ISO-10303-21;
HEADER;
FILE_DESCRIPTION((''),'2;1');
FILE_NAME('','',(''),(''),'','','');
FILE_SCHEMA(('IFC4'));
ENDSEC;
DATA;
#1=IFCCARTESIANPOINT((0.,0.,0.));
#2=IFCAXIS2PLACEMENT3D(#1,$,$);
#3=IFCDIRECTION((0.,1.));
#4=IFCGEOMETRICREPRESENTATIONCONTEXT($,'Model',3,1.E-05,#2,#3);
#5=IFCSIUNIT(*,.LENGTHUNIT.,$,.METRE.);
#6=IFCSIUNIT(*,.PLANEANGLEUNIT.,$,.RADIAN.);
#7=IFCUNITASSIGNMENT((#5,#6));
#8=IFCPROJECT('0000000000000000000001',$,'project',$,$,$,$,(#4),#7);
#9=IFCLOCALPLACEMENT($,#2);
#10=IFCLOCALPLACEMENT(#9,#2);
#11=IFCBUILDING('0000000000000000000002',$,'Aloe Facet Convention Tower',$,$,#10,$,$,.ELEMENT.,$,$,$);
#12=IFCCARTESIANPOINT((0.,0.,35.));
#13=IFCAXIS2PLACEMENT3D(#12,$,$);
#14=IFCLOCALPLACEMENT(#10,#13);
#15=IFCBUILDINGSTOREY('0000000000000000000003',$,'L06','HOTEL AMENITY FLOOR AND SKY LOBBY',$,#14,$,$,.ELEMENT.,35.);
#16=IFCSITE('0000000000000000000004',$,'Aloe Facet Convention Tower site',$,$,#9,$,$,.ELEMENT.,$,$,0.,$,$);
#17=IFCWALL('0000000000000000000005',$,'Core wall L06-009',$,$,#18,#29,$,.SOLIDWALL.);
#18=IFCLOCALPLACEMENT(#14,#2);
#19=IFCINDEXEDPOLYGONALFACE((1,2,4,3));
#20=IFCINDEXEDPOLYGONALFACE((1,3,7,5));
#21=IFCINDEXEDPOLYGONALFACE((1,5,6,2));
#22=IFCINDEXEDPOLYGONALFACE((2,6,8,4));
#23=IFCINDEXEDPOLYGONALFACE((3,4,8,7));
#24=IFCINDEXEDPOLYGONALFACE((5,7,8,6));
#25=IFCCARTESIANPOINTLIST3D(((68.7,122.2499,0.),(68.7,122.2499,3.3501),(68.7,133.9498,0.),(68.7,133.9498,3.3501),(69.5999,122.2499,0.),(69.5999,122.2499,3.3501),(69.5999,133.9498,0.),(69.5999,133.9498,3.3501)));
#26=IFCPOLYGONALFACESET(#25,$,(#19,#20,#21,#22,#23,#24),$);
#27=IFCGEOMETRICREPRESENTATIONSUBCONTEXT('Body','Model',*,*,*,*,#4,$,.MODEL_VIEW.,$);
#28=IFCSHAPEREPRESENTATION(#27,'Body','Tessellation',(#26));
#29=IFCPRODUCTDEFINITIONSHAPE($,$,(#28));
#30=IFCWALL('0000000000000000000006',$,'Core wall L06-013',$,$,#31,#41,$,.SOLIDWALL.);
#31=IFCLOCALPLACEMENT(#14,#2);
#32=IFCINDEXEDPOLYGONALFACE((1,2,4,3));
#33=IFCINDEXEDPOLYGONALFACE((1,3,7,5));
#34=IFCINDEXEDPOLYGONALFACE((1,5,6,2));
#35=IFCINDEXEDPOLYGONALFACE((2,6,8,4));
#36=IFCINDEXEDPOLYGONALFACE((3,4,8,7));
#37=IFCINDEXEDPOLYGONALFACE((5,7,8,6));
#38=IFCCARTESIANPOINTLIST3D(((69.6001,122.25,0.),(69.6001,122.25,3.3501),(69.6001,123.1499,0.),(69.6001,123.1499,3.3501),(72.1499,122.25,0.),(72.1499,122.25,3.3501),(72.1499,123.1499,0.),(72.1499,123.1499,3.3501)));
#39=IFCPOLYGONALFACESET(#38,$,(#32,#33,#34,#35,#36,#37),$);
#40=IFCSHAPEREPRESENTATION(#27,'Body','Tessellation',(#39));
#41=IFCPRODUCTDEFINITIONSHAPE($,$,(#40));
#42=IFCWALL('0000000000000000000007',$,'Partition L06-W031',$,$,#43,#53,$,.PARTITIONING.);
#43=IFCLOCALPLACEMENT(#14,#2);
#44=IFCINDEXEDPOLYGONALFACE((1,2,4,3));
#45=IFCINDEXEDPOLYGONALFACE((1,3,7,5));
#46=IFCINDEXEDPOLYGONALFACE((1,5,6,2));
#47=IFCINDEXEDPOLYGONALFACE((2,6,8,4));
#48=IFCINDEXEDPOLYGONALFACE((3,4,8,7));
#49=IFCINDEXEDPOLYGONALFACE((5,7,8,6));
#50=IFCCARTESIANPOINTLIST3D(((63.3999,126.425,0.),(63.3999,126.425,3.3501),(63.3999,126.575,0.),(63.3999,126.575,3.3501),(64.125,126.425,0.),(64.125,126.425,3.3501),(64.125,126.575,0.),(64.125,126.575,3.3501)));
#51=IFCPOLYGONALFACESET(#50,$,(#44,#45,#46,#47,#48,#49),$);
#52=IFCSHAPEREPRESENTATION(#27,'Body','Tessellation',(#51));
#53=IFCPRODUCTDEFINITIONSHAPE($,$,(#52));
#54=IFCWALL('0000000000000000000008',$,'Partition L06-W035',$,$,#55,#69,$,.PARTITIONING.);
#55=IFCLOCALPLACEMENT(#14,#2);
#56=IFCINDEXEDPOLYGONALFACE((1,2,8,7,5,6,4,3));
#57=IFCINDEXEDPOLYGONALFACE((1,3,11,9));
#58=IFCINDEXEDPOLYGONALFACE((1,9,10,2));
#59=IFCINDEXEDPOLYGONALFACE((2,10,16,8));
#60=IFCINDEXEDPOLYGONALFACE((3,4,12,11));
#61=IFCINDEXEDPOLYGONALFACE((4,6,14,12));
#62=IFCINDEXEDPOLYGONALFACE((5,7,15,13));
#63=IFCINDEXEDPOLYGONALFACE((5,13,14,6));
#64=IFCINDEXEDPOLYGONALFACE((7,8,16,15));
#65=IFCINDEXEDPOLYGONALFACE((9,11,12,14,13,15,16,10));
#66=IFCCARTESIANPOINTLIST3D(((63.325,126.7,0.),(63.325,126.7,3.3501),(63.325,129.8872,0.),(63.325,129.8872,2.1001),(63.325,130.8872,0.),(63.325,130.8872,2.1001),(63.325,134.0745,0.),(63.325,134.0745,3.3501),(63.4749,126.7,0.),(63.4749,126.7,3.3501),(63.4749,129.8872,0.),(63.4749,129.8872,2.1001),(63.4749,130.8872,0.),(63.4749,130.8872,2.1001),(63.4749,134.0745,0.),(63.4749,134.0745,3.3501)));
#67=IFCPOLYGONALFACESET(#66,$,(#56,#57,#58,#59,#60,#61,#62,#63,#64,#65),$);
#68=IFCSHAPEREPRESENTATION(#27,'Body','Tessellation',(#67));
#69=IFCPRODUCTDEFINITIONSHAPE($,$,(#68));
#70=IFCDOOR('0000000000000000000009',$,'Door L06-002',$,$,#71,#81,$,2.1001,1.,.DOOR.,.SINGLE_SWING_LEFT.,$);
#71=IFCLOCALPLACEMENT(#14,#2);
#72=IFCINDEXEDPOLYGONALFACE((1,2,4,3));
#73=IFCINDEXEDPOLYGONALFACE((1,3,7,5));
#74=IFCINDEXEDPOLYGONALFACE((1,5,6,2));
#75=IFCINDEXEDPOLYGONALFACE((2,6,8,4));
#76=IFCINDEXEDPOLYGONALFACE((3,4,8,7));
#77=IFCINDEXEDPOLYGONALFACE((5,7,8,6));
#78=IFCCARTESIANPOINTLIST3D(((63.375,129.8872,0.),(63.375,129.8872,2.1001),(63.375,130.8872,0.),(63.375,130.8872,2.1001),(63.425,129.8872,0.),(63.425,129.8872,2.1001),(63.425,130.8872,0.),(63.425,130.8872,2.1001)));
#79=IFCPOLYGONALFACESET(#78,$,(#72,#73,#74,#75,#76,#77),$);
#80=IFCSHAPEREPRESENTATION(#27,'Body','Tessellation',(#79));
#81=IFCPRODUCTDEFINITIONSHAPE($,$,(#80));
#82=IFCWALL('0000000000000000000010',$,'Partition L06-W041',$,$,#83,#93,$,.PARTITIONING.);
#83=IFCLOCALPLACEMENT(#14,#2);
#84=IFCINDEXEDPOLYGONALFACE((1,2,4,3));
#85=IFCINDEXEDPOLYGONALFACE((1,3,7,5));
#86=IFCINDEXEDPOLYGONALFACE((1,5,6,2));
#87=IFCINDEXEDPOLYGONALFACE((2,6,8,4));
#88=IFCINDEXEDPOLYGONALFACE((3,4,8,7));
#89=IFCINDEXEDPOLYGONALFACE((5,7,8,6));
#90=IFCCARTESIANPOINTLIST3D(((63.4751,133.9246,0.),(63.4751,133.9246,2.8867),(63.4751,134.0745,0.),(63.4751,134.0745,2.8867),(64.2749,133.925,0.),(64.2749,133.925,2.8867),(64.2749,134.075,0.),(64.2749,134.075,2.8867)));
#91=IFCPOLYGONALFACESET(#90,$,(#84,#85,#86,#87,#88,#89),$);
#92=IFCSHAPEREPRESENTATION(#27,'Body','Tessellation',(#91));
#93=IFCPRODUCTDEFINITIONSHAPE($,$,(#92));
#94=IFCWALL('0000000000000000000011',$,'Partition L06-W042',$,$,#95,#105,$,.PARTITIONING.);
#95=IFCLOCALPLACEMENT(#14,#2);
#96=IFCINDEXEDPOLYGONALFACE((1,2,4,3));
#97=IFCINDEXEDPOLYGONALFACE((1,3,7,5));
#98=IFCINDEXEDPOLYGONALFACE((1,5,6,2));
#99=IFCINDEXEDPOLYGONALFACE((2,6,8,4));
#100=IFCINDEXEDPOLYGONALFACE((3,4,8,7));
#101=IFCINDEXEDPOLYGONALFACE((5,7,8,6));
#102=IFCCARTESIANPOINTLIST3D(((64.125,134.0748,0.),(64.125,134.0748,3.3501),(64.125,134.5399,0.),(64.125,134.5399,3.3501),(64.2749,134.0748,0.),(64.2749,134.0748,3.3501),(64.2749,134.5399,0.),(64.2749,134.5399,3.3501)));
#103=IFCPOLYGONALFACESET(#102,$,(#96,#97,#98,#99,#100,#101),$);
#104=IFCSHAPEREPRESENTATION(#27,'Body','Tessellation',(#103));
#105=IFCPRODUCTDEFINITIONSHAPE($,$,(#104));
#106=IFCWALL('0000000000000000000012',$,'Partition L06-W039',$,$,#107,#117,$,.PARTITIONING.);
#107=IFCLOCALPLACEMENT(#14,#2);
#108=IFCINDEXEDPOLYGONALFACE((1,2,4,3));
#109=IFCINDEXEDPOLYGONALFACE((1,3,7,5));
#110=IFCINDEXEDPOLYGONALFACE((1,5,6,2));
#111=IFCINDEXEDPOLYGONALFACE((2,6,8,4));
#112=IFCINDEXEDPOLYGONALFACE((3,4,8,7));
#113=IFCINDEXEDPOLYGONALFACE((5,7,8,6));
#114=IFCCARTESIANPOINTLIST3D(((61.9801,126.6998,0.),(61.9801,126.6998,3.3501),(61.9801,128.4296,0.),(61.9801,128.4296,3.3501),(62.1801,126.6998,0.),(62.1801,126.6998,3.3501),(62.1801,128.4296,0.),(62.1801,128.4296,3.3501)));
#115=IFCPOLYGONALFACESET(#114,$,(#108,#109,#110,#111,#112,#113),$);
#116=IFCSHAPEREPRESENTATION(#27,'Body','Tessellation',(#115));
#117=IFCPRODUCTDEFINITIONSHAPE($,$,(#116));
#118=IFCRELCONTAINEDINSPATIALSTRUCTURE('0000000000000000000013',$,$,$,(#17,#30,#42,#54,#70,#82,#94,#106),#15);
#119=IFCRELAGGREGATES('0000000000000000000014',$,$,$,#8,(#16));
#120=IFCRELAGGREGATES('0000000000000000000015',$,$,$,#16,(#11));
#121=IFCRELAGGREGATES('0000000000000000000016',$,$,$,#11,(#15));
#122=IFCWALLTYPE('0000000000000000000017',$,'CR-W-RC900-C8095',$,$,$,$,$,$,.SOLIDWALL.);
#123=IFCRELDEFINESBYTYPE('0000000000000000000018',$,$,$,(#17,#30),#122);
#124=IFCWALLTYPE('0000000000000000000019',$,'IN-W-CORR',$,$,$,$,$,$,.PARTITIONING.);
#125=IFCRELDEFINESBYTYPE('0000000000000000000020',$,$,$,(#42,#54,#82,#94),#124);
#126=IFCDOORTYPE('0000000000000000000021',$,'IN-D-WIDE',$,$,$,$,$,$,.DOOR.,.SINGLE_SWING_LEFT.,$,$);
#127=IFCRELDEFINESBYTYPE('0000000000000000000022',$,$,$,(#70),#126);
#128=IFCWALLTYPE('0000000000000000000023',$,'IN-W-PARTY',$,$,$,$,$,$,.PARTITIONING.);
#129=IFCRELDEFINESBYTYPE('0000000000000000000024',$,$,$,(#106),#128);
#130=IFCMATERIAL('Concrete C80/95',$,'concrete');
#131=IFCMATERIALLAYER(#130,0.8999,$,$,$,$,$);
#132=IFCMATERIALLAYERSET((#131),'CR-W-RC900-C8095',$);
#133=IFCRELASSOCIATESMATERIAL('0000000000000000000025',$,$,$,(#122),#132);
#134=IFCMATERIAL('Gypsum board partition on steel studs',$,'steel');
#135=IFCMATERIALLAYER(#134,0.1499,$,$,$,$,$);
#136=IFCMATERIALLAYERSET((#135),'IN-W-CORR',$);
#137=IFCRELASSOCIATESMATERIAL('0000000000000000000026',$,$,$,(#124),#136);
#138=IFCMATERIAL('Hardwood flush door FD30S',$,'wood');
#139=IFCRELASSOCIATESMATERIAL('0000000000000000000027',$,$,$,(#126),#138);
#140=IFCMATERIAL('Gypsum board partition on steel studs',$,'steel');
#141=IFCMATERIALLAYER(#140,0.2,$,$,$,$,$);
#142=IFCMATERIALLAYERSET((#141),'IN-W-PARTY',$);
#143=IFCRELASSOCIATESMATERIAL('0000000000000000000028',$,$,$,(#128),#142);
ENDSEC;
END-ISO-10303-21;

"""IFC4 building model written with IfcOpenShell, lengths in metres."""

from ifc_helpers import new_model, si_unit, direction, frame, frame_2d, origin, place, context, subcontext, project, spatial, rectangle, extrude, material, layer, layer_set, type_object, element, fill, save


model = new_model("IFC4")

# Units and contexts
model_context = context("Model", 3, precision=1e-05, world=origin(), true_north=direction((0.0, 1.0)))
body_context = subcontext(model_context, "Body", "Model", "MODEL_VIEW")
ifc_project = project(units=[si_unit("LENGTHUNIT", "METRE"), si_unit("PLANEANGLEUNIT", "RADIAN")], contexts=[model_context])

# Site, building, storey
site_placement = place(None, origin())
site = spatial("IfcSite", under=ifc_project, at=site_placement, Name="Aloe Facet Convention Tower site", CompositionType="ELEMENT", RefElevation=0.0)
building_placement = place(site_placement, origin())
building = spatial("IfcBuilding", under=site, at=building_placement, Name="Aloe Facet Convention Tower", CompositionType="ELEMENT")
storey_placement = place(building_placement, frame((0.0, 0.0, 35.0)))
storey = spatial("IfcBuildingStorey", under=building, at=storey_placement, Name="L06", Description="HOTEL AMENITY FLOOR AND SKY LOBBY", CompositionType="ELEMENT", Elevation=35.0)

# Walls
ifc_material_1 = material(Name="Concrete C80/95", Category="concrete")
ifc_layer_1 = layer(ifc_material_1, 0.8999)
ifc_layer_set_1 = layer_set([ifc_layer_1], Name="CR-W-RC900-C8095")
wall_type_1 = type_object("IfcWallType", Name="CR-W-RC900-C8095", PredefinedType="SOLIDWALL", material=ifc_layer_set_1)
wall_1_placement = place(storey_placement, frame((69.1499, 133.95, 0.0), z_axis=(0.0, 0.0, 1.0), x_axis=(0.0, -1.0, 0.0)))
element("IfcWall", 1, at=wall_1_placement, inside=storey, type_object=wall_type_1, Name="Core wall L06-009", PredefinedType="SOLIDWALL", context=body_context, shape_type="SweptSolid", body=[
    extrude(rectangle(XDim=11.7, YDim=0.8999, at=frame_2d((5.8501, 0.0))), origin(), (0.0, 0.0, 1.0), 3.3501),
])
wall_2_placement = place(storey_placement, frame((69.6001, 122.7, 0.0), z_axis=(0.0, 0.0, 1.0), x_axis=(1.0, 0.0, 0.0)))
element("IfcWall", 2, at=wall_2_placement, inside=storey, type_object=wall_type_1, Name="Core wall L06-013", PredefinedType="SOLIDWALL", context=body_context, shape_type="SweptSolid", body=[
    extrude(rectangle(XDim=2.5498, YDim=0.8999, at=frame_2d((1.2749, 0.0))), origin(), (0.0, 0.0, 1.0), 3.3501),
])
ifc_material_2 = material(Name="Gypsum board partition on steel studs", Category="steel")
ifc_layer_2 = layer(ifc_material_2, 0.1499)
ifc_layer_set_2 = layer_set([ifc_layer_2], Name="IN-W-CORR")
wall_type_2 = type_object("IfcWallType", Name="IN-W-CORR", PredefinedType="PARTITIONING", material=ifc_layer_set_2)
wall_3_placement = place(storey_placement, frame((63.3999, 126.5, 0.0), z_axis=(0.0, 0.0, 1.0), x_axis=(1.0, 0.0, 0.0)))
element("IfcWall", 3, at=wall_3_placement, inside=storey, type_object=wall_type_2, Name="Partition L06-W031", PredefinedType="PARTITIONING", context=body_context, shape_type="SweptSolid", body=[
    extrude(rectangle(XDim=0.7251, YDim=0.1499, at=frame_2d((0.3625, 0.0))), origin(), (0.0, 0.0, 1.0), 3.3501),
])

# Wall, opening, door
wall_4_placement = place(storey_placement, frame((63.3999, 126.7, 0.0), z_axis=(0.0, 0.0, 1.0), x_axis=(0.0, 1.0, 0.0)))
wall_4 = element("IfcWall", 4, at=wall_4_placement, inside=storey, type_object=wall_type_2, Name="Partition L06-W035", PredefinedType="PARTITIONING", context=body_context, shape_type="SweptSolid", body=[
    extrude(rectangle(XDim=7.3745, YDim=0.1499, at=frame_2d((3.6873, 0.0))), origin(), (0.0, 0.0, 1.0), 3.3501),
])
opening_1_placement = place(wall_4_placement, frame((3.1873, 0.0, 0.0)))
opening_1 = element("IfcOpeningElement", 5, at=opening_1_placement, cuts=wall_4, PredefinedType="OPENING", context=body_context, shape_type="SweptSolid", body=[
    extrude(rectangle(XDim=1.0, YDim=2.1001, at=frame_2d((0.5, 1.05))), frame((0.0, 0.085, 0.0), z_axis=(0.0, -1.0, 0.0), x_axis=(1.0, 0.0, 0.0)), (0.0, 0.0, 1.0), 0.1699),
])
ifc_material_3 = material(Name="Hardwood flush door FD30S", Category="wood")
door_type_1 = type_object("IfcDoorType", Name="IN-D-WIDE", OperationType="SINGLE_SWING_LEFT", PredefinedType="DOOR", material=ifc_material_3)
door_1_placement = place(opening_1_placement, origin())
door_1 = element("IfcDoor", 6, at=door_1_placement, inside=storey, type_object=door_type_1, Name="Door L06-002", OperationType="SINGLE_SWING_LEFT", OverallHeight=2.1001, OverallWidth=1.0, PredefinedType="DOOR", context=body_context, shape_type="SweptSolid", body=[
    extrude(rectangle(XDim=1.0, YDim=2.1001, at=frame_2d((0.5, 1.05))), frame((0.0, 0.0249, 0.0), z_axis=(0.0, -1.0, 0.0), x_axis=(1.0, 0.0, 0.0)), (0.0, 0.0, 1.0), 0.05),
])
fill(opening_1, door_1)

# Walls
wall_5_placement = place(storey_placement, frame((63.4751, 133.9995, 0.0), z_axis=(0.0, 0.0, 1.0), x_axis=(1.0, 0.000611, 0.0)))
element("IfcWall", 7, at=wall_5_placement, inside=storey, type_object=wall_type_2, Name="Partition L06-W041", PredefinedType="PARTITIONING", context=body_context, shape_type="SweptSolid", body=[
    extrude(rectangle(XDim=0.7998, YDim=0.1499, at=frame_2d((0.3999, 0.0))), origin(), (0.0, 0.0, 1.0), 2.8867),
])
wall_6_placement = place(storey_placement, frame((64.2, 134.075, 0.0), z_axis=(0.0, 0.0, 1.0), x_axis=(0.0, 1.0, 0.0)))
element("IfcWall", 8, at=wall_6_placement, inside=storey, type_object=wall_type_2, Name="Partition L06-W042", PredefinedType="PARTITIONING", context=body_context, shape_type="SweptSolid", body=[
    extrude(rectangle(XDim=0.4651, YDim=0.1499, at=frame_2d((0.2324, 0.0))), origin(), (0.0, 0.0, 1.0), 3.3501),
])
ifc_material_4 = material(Name="Gypsum board partition on steel studs", Category="steel")
ifc_layer_3 = layer(ifc_material_4, 0.2)
ifc_layer_set_3 = layer_set([ifc_layer_3], Name="IN-W-PARTY")
wall_type_3 = type_object("IfcWallType", Name="IN-W-PARTY", PredefinedType="PARTITIONING", material=ifc_layer_set_3)
wall_7_placement = place(storey_placement, frame((62.0801, 126.7, 0.0), z_axis=(0.0, 0.0, 1.0), x_axis=(0.0, 1.0, 0.0)))
element("IfcWall", 9, at=wall_7_placement, inside=storey, type_object=wall_type_3, Name="Partition L06-W039", PredefinedType="PARTITIONING", context=body_context, shape_type="SweptSolid", body=[
    extrude(rectangle(XDim=1.7297, YDim=0.2, at=frame_2d((0.8647, 0.0))), origin(), (0.0, 0.0, 1.0), 3.3501),
])

save(model, "model.ifc")
